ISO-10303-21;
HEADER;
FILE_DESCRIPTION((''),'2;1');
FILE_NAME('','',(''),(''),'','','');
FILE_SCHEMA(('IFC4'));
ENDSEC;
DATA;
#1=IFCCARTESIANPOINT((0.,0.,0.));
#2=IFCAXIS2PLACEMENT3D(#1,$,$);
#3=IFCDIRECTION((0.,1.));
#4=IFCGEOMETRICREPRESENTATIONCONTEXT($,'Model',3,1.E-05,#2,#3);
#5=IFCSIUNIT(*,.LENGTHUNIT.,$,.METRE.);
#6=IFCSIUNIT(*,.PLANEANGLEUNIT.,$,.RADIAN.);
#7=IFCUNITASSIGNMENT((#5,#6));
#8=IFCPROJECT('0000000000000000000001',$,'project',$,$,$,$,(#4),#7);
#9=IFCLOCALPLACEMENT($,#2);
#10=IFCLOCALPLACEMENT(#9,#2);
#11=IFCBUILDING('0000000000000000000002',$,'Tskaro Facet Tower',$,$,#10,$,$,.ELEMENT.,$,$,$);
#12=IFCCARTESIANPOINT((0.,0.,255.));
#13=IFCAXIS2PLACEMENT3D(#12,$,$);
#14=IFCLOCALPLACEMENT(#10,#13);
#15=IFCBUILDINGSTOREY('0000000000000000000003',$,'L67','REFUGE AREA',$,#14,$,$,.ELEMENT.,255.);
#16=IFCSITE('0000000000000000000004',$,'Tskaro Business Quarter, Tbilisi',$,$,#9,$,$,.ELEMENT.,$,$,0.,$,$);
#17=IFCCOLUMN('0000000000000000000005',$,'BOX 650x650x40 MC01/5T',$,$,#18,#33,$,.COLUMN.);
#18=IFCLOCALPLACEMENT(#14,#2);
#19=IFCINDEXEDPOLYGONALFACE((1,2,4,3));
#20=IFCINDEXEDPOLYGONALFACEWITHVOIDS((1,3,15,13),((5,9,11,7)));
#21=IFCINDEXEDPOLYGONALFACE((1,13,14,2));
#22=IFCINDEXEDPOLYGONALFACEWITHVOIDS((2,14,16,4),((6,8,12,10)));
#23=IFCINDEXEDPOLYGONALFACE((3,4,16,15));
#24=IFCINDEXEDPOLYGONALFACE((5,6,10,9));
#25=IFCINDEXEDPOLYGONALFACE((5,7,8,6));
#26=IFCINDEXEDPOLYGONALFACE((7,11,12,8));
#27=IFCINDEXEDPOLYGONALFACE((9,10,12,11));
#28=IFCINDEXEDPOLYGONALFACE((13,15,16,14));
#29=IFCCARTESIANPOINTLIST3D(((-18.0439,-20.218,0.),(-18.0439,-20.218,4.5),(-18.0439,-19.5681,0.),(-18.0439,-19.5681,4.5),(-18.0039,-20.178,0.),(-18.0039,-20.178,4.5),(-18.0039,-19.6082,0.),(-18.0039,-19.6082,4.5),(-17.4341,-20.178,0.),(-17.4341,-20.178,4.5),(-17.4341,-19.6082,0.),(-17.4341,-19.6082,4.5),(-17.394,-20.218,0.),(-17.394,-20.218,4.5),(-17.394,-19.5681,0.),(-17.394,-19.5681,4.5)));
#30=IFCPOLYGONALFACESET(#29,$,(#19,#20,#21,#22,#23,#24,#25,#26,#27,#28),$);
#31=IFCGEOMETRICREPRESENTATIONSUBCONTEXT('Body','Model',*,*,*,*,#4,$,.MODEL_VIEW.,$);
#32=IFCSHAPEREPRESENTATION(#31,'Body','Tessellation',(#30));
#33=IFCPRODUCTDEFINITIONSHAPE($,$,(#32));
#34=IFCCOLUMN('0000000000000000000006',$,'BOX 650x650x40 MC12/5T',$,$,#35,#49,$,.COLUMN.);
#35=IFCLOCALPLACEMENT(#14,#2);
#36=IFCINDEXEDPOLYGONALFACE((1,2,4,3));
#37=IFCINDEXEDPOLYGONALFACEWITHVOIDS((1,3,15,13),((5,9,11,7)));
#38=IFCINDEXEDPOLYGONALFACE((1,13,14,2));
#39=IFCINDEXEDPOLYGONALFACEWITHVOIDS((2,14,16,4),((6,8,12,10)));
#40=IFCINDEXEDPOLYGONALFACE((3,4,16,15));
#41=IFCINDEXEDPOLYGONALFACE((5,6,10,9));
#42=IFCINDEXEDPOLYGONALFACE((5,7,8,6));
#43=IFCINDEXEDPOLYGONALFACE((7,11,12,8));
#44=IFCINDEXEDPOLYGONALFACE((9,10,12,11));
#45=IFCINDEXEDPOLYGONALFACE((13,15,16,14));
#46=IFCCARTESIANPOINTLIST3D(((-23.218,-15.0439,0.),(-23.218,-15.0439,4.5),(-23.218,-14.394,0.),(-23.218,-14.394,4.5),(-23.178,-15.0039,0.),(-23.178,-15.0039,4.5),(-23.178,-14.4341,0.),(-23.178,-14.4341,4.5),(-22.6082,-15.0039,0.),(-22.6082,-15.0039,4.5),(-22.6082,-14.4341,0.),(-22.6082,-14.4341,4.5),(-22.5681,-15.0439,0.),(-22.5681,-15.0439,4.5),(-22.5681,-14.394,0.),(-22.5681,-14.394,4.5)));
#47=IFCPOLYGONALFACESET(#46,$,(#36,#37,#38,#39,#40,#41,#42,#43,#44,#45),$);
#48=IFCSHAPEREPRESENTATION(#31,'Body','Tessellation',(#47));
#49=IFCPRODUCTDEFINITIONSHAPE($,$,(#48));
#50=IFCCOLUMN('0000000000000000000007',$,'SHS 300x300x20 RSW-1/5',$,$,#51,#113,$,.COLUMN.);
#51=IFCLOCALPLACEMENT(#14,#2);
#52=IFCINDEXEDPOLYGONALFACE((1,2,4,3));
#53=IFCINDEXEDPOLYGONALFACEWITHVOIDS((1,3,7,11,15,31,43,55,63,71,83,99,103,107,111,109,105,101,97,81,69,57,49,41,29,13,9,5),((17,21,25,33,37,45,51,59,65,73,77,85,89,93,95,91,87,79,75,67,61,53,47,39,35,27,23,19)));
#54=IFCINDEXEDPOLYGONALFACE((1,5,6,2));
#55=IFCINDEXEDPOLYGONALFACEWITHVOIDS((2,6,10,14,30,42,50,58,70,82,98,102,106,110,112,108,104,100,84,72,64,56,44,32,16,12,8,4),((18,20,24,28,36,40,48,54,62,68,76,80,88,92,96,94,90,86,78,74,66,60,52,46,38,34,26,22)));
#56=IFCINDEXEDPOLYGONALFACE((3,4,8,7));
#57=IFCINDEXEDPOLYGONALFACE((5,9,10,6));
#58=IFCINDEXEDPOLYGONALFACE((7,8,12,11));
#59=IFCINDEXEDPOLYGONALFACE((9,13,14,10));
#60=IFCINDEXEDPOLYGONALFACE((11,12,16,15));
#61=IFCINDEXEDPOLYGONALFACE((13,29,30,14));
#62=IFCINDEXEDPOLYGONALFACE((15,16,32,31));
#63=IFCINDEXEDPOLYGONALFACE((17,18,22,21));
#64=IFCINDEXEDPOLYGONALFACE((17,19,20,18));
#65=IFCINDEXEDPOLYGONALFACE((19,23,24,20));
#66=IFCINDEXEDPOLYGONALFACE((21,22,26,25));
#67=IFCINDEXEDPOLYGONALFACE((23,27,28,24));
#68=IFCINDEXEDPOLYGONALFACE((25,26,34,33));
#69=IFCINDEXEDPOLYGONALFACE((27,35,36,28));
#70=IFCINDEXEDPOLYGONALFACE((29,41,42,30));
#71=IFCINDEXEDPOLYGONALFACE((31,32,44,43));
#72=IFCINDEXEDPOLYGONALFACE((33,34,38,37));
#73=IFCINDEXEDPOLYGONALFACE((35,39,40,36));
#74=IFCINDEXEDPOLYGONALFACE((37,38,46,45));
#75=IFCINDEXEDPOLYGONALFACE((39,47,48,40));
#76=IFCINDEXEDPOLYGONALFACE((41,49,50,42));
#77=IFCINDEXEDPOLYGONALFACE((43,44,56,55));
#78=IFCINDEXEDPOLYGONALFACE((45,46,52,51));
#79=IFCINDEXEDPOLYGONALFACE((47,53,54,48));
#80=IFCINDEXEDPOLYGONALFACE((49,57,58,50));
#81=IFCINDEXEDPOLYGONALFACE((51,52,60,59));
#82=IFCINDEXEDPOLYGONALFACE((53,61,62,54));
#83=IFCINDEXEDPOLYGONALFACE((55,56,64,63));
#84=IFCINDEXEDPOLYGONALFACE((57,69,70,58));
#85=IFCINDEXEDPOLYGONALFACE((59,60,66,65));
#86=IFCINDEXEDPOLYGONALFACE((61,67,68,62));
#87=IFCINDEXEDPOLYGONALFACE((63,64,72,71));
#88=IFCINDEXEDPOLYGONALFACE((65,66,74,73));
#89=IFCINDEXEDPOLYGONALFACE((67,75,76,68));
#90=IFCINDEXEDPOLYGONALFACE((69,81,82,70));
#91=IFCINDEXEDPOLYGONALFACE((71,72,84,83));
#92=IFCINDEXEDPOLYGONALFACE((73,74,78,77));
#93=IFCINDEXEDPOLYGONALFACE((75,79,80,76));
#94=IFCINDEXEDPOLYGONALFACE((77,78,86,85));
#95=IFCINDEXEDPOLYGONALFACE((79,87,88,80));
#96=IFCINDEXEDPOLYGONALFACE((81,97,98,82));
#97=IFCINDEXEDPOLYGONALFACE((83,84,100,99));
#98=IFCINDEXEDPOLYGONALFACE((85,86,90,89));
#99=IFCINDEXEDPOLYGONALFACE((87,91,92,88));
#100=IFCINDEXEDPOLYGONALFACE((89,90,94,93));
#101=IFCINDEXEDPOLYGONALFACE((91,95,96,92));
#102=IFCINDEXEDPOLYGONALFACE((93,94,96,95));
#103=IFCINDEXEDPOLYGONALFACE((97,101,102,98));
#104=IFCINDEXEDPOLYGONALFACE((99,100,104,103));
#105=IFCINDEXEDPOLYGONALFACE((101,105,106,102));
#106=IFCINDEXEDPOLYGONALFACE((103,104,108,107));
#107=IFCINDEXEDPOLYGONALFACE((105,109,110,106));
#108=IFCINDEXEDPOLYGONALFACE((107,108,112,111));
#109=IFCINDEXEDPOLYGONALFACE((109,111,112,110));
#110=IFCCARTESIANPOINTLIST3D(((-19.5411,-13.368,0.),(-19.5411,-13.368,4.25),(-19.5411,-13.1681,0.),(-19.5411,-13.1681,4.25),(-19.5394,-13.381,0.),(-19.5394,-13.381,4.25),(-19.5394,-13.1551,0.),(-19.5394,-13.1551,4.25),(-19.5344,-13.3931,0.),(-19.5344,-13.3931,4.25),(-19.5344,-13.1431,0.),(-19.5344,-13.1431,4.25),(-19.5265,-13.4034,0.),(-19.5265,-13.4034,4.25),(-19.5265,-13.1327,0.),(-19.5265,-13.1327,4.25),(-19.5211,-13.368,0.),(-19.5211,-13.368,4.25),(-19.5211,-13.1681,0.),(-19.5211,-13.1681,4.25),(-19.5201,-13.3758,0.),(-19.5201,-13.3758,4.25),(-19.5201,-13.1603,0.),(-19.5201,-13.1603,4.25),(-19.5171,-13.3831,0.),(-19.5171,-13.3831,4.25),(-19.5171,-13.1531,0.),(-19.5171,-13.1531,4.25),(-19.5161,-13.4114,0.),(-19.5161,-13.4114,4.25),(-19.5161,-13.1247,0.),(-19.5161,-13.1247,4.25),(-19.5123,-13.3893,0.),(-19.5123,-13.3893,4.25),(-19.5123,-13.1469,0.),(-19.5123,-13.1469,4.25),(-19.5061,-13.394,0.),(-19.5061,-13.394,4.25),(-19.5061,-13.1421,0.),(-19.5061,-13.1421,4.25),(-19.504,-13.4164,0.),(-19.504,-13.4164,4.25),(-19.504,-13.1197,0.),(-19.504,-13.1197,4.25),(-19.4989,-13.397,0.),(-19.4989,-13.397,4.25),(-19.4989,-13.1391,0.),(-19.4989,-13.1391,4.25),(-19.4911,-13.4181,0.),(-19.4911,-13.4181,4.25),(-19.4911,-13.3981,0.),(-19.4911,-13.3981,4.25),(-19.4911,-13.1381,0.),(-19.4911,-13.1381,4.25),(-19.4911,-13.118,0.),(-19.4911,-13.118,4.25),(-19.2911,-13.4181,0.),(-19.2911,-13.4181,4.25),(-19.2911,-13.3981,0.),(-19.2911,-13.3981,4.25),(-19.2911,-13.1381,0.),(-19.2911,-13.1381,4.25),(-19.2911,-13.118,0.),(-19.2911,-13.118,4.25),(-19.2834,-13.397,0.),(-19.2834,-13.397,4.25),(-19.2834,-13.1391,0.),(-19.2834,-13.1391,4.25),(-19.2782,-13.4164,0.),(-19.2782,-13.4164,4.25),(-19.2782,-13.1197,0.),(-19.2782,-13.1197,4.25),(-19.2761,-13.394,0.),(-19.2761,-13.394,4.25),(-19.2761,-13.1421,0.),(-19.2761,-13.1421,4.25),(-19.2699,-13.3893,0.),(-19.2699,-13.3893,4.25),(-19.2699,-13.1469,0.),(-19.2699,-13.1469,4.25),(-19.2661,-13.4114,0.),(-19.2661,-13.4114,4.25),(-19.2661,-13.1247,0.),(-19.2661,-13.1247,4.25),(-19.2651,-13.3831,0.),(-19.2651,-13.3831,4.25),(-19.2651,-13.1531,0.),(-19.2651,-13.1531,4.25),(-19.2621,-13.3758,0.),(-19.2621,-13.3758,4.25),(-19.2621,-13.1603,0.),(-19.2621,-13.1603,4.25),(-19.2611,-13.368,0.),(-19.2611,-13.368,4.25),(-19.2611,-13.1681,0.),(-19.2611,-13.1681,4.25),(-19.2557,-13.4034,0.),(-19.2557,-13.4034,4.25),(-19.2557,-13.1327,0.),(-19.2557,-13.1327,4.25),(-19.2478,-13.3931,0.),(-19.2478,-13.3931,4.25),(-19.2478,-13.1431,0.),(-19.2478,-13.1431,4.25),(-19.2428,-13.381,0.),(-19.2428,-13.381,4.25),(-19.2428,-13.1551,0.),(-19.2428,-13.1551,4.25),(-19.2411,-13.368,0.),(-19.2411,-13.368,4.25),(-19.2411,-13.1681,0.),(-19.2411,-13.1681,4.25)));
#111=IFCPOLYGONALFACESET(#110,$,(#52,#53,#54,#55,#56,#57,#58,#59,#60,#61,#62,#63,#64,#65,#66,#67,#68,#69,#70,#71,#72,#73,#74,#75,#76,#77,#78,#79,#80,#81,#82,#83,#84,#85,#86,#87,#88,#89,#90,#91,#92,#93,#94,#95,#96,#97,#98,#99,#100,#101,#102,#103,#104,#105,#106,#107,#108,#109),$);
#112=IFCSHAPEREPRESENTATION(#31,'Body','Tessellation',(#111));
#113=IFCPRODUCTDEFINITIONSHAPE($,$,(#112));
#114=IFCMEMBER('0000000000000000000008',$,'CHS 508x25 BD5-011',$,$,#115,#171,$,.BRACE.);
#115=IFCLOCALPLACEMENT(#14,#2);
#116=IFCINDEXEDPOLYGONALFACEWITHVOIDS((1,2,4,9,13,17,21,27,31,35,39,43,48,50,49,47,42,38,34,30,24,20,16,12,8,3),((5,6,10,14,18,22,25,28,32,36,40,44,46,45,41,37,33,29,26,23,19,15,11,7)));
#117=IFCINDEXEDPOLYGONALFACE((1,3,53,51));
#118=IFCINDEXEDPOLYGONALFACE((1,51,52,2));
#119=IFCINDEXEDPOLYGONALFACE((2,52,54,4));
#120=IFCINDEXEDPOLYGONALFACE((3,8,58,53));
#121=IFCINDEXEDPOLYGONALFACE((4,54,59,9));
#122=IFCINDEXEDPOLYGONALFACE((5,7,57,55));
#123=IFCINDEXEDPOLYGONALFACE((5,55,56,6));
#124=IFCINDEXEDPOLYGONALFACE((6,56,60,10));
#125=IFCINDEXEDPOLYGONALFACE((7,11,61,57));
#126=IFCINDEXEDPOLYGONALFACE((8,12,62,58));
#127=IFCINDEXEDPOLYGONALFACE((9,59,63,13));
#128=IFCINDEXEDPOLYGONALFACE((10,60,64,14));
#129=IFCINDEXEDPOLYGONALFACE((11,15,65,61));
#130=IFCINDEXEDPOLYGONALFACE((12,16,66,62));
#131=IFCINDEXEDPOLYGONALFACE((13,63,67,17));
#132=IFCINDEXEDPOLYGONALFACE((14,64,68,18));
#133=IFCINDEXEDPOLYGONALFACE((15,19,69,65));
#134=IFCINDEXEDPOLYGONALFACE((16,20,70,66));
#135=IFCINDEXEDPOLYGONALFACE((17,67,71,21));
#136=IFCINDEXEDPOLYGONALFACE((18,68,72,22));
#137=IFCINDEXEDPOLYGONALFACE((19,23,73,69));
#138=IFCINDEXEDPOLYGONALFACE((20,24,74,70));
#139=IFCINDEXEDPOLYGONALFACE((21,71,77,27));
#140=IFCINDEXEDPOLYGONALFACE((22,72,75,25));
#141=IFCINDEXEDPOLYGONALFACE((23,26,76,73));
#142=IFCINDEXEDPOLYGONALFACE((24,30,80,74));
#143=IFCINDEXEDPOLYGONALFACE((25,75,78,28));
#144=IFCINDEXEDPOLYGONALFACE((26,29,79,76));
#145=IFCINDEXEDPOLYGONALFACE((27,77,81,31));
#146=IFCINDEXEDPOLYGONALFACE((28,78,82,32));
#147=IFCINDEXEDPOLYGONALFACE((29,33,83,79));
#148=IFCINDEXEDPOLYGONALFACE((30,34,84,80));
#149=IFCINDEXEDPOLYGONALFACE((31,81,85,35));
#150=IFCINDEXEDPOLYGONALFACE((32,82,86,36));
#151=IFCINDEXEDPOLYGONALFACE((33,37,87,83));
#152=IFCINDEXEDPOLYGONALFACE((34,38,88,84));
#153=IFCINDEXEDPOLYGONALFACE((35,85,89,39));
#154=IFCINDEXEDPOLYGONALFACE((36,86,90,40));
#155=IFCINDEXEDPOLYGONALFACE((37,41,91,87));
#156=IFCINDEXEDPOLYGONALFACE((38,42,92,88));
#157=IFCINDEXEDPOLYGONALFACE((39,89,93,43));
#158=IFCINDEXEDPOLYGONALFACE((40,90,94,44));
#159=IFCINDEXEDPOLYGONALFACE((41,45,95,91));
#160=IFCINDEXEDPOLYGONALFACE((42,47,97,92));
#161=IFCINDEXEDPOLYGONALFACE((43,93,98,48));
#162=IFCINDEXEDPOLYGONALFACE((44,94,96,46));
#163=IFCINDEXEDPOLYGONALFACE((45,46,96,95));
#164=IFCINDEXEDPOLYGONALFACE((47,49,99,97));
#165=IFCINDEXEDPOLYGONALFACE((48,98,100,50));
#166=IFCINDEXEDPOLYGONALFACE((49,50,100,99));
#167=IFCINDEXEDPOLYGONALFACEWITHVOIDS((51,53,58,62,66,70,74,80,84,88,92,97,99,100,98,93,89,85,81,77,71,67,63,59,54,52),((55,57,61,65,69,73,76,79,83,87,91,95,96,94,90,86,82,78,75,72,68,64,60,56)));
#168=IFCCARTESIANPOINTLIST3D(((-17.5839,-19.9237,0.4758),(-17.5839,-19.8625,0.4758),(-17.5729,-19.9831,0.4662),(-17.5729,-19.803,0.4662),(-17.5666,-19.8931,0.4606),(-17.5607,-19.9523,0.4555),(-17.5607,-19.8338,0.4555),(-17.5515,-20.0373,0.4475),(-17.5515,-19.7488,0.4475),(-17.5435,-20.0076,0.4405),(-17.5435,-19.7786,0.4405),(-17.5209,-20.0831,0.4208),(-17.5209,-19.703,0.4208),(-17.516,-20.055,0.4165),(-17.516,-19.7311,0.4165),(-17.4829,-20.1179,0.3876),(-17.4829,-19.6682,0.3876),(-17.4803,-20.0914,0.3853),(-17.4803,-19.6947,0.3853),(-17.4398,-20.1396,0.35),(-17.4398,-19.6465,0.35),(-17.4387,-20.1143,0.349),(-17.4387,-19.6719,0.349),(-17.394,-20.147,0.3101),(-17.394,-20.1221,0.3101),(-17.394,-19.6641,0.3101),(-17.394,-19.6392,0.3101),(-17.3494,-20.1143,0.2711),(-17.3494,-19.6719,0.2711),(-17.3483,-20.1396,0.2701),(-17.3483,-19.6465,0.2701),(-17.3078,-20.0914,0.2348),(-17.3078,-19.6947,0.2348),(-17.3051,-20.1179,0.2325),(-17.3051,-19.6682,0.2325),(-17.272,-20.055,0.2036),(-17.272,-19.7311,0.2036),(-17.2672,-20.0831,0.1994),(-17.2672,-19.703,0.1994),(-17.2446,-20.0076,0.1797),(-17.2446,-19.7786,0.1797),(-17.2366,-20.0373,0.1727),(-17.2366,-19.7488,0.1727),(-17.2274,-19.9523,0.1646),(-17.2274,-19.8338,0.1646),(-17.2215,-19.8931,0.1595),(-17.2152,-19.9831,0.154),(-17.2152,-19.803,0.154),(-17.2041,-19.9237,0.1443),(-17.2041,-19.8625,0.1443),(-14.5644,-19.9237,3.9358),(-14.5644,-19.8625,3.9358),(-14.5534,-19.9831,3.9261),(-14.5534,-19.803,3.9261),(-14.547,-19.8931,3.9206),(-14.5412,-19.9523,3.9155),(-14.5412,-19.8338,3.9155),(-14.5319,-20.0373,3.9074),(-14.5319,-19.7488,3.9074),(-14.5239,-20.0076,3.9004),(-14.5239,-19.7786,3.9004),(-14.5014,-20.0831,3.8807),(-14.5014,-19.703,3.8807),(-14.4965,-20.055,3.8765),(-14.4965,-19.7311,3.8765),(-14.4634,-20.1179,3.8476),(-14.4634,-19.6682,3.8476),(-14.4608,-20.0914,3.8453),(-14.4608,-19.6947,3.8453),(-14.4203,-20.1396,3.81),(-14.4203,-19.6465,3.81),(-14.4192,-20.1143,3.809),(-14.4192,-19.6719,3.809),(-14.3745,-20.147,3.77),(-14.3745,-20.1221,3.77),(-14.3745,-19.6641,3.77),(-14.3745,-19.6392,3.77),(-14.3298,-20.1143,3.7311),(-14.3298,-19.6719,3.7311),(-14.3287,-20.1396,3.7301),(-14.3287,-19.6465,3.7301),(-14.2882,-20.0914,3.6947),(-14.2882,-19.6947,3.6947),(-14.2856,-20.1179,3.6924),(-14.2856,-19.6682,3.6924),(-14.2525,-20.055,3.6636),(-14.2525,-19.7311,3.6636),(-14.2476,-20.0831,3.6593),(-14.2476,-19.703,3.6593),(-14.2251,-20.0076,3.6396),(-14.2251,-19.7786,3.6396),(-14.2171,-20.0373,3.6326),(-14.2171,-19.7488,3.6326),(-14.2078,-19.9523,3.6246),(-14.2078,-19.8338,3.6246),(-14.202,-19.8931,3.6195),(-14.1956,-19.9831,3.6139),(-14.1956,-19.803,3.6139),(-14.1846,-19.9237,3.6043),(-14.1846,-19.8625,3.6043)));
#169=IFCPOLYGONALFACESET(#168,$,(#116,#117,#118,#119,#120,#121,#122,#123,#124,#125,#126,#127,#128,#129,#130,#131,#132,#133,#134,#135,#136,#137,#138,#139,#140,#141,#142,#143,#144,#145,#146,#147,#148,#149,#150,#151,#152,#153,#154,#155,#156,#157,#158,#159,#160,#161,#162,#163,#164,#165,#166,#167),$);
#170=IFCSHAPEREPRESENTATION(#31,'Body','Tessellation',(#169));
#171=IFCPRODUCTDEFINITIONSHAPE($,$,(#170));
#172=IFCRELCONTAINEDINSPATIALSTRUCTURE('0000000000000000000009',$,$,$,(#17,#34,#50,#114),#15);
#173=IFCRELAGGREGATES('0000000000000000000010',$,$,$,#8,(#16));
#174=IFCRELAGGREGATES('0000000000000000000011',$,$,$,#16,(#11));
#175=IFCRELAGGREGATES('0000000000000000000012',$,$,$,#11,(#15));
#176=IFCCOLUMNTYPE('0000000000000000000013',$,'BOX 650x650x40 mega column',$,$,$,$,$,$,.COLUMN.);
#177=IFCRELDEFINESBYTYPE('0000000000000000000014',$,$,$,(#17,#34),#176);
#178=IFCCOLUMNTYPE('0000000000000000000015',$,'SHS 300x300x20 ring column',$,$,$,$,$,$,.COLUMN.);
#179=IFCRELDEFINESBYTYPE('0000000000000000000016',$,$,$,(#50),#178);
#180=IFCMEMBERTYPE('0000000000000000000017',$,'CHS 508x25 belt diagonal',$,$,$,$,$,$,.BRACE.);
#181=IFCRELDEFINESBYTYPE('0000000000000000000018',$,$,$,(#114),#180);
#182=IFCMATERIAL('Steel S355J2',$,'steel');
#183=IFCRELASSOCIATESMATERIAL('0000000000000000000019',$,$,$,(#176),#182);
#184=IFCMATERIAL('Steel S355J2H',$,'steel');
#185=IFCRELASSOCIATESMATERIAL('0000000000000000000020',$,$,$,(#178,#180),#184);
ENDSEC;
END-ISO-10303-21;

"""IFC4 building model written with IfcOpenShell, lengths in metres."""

from ifc_helpers import new_model, si_unit, direction, frame, origin, origin_2d, place, context, subcontext, project, spatial, hollow_rectangle, hollow_circle, extrude, material, material_profile, profile_set, type_object, element, save


model = new_model("IFC4")

# Units and contexts
model_context = context("Model", 3, precision=1e-05, world=origin(), true_north=direction((0.0, 1.0)))
body_context = subcontext(model_context, "Body", "Model", "MODEL_VIEW")
ifc_project = project(units=[si_unit("LENGTHUNIT", "METRE"), si_unit("PLANEANGLEUNIT", "RADIAN")], contexts=[model_context])

# Site, building, storey
site_placement = place(None, origin())
site = spatial("IfcSite", under=ifc_project, at=site_placement, Name="Tskaro Business Quarter, Tbilisi", CompositionType="ELEMENT", RefElevation=0.0)
building_placement = place(site_placement, origin())
building = spatial("IfcBuilding", under=site, at=building_placement, Name="Tskaro Facet Tower", CompositionType="ELEMENT")
storey_placement = place(building_placement, frame((0.0, 0.0, 255.0)))
storey = spatial("IfcBuildingStorey", under=building, at=storey_placement, Name="L67", Description="REFUGE AREA", CompositionType="ELEMENT", Elevation=255.0)

# Columns
ifc_material_1 = material(Name="Steel S355J2", Category="steel")
ifc_material_profile_1 = material_profile(ifc_material_1, hollow_rectangle(XDim=0.6499, YDim=0.6499, WallThickness=0.04, at=origin_2d()), Name="BOX 650x650x40")
ifc_profile_set_1 = profile_set([ifc_material_profile_1], Name="Steel S355J2")
column_type_1 = type_object("IfcColumnType", Name="BOX 650x650x40 mega column", PredefinedType="COLUMN", material=ifc_profile_set_1)
for number, where, z_axis, x_axis, name in (
    (1, (-17.719, -19.8931, 0.0), (0.0, 0.0, 1.0), (1.0, 0.0, 0.0), "BOX 650x650x40 MC01/5T"),
    (2, (-22.8931, -14.719, 0.0), (0.0, 0.0, 1.0), (1.0, 0.0, 0.0), "BOX 650x650x40 MC12/5T"),
):
    element("IfcColumn", number, at=place(storey_placement, frame(where, z_axis=z_axis, x_axis=x_axis)), inside=storey, type_object=column_type_1, Name=name, PredefinedType="COLUMN", context=body_context, shape_type="SweptSolid", body=[
        extrude(hollow_rectangle(XDim=0.6499, YDim=0.6499, WallThickness=0.04, at=origin_2d()), origin(), (0.0, 0.0, 1.0), 4.5),
    ])
ifc_material_2 = material(Name="Steel S355J2H", Category="steel")
ifc_material_profile_2 = material_profile(ifc_material_2, hollow_rectangle(XDim=0.3, YDim=0.3, WallThickness=0.02, InnerFilletRadius=0.03, OuterFilletRadius=0.05, at=origin_2d()), Name="SHS 300x300x20")
ifc_profile_set_2 = profile_set([ifc_material_profile_2], Name="Steel S355J2H")
column_type_2 = type_object("IfcColumnType", Name="SHS 300x300x20 ring column", PredefinedType="COLUMN", material=ifc_profile_set_2)
column_placement = place(storey_placement, frame((-19.3911, -13.2681, 0.0), z_axis=(0.0, 0.0, 1.0), x_axis=(1.0, 0.0, 0.0)))
element("IfcColumn", 3, at=column_placement, inside=storey, type_object=column_type_2, Name="SHS 300x300x20 RSW-1/5", PredefinedType="COLUMN", context=body_context, shape_type="SweptSolid", body=[
    extrude(hollow_rectangle(XDim=0.3, YDim=0.3, WallThickness=0.02, InnerFilletRadius=0.03, OuterFilletRadius=0.05, at=origin_2d()), origin(), (0.0, 0.0, 1.0), 4.25),
])

# Member
ifc_material_profile_3 = material_profile(ifc_material_2, hollow_circle(Radius=0.2539, WallThickness=0.0249, at=origin_2d()), Name="CHS 508x25")
ifc_profile_set_3 = profile_set([ifc_material_profile_3], Name="Steel S355J2H")
member_type_1 = type_object("IfcMemberType", Name="CHS 508x25 belt diagonal", PredefinedType="BRACE", material=ifc_profile_set_3)
member_1_placement = place(storey_placement, frame((-17.394, -19.8931, 0.3101), z_axis=(0.657525, 0.0, 0.753432), x_axis=(0.0, 1.0, 0.0)))
element("IfcMember", 4, at=member_1_placement, inside=storey, type_object=member_type_1, Name="CHS 508x25 BD5-011", PredefinedType="BRACE", context=body_context, shape_type="SweptSolid", body=[
    extrude(hollow_circle(Radius=0.2539, WallThickness=0.0249, at=origin_2d()), origin(), (0.0, 0.0, 1.0), 4.5923),
])

save(model, "model.ifc")
